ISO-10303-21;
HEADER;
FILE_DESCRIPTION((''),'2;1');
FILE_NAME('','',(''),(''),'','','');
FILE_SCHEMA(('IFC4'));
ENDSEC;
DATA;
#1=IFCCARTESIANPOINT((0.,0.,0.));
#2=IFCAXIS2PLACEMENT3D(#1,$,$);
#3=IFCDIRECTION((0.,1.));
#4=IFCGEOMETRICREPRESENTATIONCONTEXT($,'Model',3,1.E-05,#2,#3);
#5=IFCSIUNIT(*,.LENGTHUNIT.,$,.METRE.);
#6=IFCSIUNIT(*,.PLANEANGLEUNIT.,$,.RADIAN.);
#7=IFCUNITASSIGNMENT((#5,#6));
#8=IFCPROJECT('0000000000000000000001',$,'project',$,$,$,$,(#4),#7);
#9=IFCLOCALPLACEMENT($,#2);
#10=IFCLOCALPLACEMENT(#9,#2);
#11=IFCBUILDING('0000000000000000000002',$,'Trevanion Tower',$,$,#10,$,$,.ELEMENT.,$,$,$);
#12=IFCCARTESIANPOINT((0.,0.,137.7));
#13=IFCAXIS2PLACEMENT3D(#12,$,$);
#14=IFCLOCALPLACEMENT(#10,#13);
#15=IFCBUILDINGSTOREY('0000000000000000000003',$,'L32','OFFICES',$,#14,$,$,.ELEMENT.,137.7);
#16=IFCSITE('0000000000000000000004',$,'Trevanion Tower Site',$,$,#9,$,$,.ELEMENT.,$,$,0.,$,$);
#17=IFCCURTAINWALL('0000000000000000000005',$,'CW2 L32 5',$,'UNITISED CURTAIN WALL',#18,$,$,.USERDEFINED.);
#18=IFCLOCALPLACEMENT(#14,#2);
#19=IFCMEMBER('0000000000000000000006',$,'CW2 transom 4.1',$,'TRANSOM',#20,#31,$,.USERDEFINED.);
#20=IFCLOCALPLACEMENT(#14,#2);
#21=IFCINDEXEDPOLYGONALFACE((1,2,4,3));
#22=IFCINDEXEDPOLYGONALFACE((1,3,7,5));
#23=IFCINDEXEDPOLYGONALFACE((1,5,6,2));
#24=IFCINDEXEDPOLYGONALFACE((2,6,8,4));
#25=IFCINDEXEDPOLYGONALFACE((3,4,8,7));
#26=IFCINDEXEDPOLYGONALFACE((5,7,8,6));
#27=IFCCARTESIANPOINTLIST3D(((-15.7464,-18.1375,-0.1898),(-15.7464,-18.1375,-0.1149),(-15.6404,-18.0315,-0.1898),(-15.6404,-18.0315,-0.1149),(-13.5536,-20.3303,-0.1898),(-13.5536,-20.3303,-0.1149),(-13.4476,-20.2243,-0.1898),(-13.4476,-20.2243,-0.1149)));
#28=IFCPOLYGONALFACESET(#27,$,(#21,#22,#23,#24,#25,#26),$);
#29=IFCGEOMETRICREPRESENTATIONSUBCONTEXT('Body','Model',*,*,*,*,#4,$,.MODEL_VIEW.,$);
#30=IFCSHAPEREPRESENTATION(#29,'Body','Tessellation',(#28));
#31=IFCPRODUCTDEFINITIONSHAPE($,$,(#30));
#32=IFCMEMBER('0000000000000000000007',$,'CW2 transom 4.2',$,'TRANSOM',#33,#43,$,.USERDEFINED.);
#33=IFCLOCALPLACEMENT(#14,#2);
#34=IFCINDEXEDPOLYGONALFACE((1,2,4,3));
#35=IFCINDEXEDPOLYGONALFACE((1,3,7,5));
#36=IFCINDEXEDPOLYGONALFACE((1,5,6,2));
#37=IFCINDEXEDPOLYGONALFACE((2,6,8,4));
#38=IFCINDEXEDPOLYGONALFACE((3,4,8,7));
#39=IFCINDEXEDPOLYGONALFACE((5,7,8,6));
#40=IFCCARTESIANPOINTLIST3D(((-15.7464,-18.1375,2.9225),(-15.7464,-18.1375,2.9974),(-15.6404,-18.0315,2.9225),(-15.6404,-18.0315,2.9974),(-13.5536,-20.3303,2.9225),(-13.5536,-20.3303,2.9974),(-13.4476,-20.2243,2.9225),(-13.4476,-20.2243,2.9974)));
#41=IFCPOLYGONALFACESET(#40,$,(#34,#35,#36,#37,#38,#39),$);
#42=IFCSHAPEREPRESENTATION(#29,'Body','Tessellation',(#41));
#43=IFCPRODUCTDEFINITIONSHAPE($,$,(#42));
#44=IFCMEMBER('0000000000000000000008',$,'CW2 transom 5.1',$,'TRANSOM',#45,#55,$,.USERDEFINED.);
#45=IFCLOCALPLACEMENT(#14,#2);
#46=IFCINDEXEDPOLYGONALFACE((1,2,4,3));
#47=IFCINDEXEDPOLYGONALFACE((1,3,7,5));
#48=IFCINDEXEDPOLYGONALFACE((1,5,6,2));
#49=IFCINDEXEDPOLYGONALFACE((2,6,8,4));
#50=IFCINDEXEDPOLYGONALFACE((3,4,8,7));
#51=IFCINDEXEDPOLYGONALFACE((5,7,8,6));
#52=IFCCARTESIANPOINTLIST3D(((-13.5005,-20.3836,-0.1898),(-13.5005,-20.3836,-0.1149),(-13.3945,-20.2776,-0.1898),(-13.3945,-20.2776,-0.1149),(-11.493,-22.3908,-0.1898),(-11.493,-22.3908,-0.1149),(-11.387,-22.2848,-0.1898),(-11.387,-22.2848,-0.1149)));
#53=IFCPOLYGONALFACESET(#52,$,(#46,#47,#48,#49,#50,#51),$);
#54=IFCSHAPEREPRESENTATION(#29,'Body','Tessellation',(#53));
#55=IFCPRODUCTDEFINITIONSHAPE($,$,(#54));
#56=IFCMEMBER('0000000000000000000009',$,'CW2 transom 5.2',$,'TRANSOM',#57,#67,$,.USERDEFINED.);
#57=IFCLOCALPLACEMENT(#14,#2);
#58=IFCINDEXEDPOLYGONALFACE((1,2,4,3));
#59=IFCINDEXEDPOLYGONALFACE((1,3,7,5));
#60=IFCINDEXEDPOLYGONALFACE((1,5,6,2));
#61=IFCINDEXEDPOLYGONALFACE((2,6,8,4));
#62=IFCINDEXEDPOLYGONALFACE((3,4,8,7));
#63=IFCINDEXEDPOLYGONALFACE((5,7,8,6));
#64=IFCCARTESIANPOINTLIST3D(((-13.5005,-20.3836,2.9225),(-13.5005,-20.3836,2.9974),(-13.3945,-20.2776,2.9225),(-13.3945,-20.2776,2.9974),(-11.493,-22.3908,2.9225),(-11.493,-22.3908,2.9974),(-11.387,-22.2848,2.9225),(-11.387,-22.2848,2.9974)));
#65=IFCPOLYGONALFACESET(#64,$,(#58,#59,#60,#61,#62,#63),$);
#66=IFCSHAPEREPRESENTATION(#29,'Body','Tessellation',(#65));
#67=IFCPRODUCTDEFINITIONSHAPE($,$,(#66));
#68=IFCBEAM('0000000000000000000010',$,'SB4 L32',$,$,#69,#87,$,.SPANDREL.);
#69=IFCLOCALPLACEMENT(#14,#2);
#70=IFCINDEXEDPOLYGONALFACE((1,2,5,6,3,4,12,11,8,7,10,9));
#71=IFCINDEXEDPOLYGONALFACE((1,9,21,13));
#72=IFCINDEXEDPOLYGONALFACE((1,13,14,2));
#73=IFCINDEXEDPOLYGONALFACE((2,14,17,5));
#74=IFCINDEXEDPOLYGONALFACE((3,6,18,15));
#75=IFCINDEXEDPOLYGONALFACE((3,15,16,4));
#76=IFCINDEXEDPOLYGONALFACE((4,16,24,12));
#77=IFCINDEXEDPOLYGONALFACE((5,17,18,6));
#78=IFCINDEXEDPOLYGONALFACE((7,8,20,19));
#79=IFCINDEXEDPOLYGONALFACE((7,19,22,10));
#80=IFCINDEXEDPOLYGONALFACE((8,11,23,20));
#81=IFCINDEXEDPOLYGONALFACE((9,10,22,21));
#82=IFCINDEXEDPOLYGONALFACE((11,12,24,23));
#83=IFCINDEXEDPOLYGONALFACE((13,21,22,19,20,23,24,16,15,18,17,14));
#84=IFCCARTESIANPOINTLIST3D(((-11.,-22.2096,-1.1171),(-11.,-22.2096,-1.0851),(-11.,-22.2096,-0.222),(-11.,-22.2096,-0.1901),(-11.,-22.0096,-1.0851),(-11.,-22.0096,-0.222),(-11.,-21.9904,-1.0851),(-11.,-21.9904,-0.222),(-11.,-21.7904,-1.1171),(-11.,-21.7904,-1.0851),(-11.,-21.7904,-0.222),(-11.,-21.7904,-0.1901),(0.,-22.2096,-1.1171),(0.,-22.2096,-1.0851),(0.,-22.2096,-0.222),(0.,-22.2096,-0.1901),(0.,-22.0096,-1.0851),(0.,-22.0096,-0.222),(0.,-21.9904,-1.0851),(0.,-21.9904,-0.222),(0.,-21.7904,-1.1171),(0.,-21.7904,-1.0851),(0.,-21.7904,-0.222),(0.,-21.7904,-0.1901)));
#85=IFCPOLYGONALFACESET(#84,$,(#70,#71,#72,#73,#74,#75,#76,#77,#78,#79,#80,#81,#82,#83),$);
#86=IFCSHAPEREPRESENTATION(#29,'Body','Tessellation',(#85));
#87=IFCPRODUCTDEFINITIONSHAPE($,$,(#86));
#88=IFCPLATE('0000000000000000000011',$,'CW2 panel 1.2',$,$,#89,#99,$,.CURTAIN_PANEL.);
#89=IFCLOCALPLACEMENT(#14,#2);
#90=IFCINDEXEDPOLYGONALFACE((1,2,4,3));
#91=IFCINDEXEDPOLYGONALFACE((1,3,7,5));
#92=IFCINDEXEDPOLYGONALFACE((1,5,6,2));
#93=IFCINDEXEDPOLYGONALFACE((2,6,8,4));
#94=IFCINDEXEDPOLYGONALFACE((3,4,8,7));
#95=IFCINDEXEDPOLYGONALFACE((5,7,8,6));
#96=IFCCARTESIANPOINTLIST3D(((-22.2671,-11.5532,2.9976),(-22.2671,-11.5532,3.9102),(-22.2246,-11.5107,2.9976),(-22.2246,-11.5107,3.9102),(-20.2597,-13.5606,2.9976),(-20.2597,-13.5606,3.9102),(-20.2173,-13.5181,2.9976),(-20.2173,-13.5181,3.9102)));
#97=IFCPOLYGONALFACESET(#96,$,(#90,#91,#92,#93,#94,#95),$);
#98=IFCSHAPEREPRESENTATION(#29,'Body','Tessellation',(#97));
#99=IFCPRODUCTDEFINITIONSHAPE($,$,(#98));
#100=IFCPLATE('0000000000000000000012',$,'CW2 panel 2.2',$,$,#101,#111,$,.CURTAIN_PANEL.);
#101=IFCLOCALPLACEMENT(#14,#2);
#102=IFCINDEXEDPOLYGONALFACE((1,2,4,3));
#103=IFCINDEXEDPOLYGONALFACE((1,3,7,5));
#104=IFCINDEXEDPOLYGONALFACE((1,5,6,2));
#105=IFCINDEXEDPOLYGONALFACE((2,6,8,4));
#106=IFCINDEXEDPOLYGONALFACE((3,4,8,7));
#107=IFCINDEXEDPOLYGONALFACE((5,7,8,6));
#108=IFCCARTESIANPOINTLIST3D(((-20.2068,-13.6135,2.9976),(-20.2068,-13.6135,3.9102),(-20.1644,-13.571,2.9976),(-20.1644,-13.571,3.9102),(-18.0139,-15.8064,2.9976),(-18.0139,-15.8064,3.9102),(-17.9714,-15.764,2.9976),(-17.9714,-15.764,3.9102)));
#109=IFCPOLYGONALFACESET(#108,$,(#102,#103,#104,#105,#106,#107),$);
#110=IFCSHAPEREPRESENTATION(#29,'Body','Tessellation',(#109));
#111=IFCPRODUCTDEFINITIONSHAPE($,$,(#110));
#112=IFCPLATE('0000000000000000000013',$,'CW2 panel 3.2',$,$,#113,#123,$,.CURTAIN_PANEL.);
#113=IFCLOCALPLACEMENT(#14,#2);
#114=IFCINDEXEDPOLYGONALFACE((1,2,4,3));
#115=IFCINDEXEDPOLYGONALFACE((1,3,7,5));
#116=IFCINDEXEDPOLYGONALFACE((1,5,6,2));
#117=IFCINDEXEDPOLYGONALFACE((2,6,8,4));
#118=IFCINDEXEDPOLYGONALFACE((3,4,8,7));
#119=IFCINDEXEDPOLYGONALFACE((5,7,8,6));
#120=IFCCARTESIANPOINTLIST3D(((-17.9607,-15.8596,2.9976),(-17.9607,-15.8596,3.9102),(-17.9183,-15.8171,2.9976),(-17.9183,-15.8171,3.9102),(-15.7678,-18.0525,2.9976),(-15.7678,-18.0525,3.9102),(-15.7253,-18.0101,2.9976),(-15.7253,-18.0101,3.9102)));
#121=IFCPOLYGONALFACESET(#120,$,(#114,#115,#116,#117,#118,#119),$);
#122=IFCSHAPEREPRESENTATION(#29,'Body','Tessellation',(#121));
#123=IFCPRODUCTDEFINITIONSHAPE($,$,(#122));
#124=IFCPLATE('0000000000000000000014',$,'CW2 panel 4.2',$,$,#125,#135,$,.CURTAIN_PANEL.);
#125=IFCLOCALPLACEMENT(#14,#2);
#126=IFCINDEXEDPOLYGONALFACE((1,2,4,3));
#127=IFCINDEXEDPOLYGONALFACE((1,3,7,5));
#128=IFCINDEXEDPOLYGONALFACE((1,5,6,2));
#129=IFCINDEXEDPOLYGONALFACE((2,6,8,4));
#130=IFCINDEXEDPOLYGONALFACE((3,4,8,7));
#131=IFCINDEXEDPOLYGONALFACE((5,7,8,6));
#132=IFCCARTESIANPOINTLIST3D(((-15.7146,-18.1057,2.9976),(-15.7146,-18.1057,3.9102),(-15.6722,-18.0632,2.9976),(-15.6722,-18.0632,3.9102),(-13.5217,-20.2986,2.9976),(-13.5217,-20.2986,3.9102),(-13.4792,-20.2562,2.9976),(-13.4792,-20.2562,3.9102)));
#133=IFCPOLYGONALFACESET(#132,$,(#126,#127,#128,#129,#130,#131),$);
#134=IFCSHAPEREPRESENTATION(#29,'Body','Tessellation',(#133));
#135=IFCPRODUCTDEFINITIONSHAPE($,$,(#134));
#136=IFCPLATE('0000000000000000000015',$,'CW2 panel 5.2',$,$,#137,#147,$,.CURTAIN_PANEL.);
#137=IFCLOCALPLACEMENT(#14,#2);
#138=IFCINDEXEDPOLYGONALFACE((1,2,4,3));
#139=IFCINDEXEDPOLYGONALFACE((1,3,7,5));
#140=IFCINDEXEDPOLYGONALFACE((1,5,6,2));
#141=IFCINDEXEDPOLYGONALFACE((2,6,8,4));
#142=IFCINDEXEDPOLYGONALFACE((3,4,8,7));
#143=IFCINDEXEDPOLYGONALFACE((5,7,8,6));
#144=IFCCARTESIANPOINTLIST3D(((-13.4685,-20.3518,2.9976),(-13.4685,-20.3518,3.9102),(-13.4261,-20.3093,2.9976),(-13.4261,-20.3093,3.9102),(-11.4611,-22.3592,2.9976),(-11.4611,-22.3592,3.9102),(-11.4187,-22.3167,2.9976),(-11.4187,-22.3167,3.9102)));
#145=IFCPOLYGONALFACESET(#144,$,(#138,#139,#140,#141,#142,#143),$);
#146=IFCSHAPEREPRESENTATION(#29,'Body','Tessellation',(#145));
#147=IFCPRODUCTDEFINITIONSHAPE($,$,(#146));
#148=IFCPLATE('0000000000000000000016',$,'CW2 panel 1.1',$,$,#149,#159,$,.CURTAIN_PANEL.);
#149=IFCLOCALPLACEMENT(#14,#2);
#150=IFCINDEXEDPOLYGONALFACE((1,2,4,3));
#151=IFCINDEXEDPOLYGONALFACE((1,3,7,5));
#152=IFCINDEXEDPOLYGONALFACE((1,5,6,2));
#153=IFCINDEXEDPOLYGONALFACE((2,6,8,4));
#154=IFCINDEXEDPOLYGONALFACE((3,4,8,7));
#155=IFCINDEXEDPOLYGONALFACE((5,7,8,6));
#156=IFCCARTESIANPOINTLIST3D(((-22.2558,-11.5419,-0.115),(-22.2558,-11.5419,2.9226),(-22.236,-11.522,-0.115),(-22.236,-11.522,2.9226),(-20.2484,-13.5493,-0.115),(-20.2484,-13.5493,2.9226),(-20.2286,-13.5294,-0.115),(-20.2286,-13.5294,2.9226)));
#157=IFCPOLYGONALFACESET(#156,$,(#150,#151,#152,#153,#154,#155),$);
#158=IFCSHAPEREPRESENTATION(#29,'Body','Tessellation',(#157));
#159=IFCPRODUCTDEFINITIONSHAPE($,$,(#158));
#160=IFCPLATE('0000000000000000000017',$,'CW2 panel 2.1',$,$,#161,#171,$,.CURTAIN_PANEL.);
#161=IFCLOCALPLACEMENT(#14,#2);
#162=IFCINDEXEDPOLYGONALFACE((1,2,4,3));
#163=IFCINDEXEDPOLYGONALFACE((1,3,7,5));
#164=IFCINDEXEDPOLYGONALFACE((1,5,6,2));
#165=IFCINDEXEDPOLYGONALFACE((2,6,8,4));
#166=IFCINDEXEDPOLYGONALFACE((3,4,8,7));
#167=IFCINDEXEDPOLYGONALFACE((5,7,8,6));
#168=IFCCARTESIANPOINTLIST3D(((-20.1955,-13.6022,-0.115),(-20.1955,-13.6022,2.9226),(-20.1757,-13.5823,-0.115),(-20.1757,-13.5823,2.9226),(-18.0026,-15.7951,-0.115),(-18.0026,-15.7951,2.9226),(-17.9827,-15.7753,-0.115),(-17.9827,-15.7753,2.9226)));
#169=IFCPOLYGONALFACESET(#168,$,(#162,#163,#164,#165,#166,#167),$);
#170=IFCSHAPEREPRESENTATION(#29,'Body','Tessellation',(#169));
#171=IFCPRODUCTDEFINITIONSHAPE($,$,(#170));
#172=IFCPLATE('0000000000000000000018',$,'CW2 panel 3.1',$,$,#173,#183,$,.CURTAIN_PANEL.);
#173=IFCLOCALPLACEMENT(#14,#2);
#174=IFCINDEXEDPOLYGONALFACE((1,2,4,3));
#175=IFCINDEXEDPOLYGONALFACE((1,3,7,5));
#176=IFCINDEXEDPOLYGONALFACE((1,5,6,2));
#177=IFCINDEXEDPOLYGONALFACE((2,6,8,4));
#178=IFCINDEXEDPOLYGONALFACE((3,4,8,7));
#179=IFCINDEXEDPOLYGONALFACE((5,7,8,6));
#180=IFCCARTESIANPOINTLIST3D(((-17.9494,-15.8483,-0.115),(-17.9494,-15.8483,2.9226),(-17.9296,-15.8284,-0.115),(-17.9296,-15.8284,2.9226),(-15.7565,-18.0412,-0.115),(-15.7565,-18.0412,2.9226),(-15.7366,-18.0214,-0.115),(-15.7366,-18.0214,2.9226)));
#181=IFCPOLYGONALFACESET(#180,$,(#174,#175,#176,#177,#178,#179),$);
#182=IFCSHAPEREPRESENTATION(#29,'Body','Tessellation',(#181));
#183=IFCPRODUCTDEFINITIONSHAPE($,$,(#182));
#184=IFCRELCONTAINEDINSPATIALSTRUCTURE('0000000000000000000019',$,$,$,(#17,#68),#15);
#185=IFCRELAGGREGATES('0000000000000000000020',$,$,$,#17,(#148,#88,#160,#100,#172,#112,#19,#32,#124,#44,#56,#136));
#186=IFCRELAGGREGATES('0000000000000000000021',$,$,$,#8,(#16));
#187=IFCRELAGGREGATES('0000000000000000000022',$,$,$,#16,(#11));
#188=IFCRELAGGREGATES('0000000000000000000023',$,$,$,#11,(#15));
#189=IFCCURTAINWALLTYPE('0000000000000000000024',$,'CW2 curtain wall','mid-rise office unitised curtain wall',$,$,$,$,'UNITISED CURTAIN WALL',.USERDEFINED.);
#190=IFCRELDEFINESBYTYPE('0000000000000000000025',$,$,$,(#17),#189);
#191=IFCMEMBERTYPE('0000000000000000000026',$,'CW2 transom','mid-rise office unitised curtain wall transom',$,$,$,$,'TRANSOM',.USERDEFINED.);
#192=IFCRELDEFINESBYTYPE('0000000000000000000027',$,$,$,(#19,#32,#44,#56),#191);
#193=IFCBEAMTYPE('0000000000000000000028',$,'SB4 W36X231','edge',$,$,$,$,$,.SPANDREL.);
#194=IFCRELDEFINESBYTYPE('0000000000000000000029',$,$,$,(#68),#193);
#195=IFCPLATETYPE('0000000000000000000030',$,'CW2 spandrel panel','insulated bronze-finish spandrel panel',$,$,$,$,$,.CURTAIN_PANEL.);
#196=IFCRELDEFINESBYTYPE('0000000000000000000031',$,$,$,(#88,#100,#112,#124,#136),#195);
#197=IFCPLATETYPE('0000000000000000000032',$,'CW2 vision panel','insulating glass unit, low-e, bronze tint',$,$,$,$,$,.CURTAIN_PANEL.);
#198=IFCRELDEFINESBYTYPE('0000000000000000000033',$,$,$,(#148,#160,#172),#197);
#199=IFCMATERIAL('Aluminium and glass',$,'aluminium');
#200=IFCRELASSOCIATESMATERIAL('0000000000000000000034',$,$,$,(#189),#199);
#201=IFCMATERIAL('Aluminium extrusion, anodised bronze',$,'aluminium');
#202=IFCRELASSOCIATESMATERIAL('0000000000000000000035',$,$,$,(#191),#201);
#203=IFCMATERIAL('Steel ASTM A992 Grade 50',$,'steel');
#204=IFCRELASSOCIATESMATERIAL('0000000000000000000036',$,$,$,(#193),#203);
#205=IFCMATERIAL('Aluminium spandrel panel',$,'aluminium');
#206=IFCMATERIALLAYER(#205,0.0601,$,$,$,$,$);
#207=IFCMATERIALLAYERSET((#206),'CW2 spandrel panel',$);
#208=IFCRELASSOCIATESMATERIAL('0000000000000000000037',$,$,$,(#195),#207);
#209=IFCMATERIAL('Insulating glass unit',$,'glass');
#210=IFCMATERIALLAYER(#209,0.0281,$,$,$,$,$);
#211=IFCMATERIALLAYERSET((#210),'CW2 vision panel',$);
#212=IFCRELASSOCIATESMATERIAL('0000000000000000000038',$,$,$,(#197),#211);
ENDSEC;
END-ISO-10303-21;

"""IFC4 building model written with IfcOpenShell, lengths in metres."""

from ifc_helpers import new_model, si_unit, direction, frame, origin, origin_2d, place, context, subcontext, project, spatial, rectangle, i_section, extrude, material, layer, layer_set, material_profile, profile_set, type_object, element, aggregate, save


model = new_model("IFC4")

# Units and contexts
model_context = context("Model", 3, precision=1e-05, world=origin(), true_north=direction((0.0, 1.0)))
body_context = subcontext(model_context, "Body", "Model", "MODEL_VIEW")
ifc_project = project(units=[si_unit("LENGTHUNIT", "METRE"), si_unit("PLANEANGLEUNIT", "RADIAN")], contexts=[model_context])

# Site, building, storey
site_placement = place(None, origin())
site = spatial("IfcSite", under=ifc_project, at=site_placement, Name="Trevanion Tower Site", CompositionType="ELEMENT", RefElevation=0.0)
building_placement = place(site_placement, origin())
building = spatial("IfcBuilding", under=site, at=building_placement, Name="Trevanion Tower", CompositionType="ELEMENT")
storey_placement = place(building_placement, frame((0.0, 0.0, 137.7)))
storey = spatial("IfcBuildingStorey", under=building, at=storey_placement, Name="L32", Description="OFFICES", CompositionType="ELEMENT", Elevation=137.7)

# Curtain wall, members
ifc_material_1 = material(Name="Aluminium and glass", Category="aluminium")
curtain_wall_type = type_object("IfcCurtainWallType", Name="CW2 curtain wall", Description="mid-rise office unitised curtain wall", ElementType="UNITISED CURTAIN WALL", PredefinedType="USERDEFINED", material=ifc_material_1)
curtain_wall_placement = place(storey_placement, origin())
curtain_wall = element("IfcCurtainWall", 1, at=curtain_wall_placement, inside=storey, type_object=curtain_wall_type, Name="CW2 L32 5", ObjectType="UNITISED CURTAIN WALL", PredefinedType="USERDEFINED")
ifc_material_2 = material(Name="Aluminium extrusion, anodised bronze", Category="aluminium")
ifc_material_profile_1 = material_profile(ifc_material_2, rectangle(XDim=0.1499, YDim=0.075, at=origin_2d()), Name="CW2 transom")
ifc_profile_set_1 = profile_set([ifc_material_profile_1], Name="Aluminium extrusion, anodised bronze")
member_type_1 = type_object("IfcMemberType", Name="CW2 transom", Description="mid-rise office unitised curtain wall transom", ElementType="TRANSOM", PredefinedType="USERDEFINED", material=ifc_profile_set_1)
member_1_placement = place(storey_placement, frame((-15.6934, -18.0845, -0.1523), z_axis=(0.707107, -0.707107, 0.0), x_axis=(0.707107, 0.707107, 0.0)))
member_1 = element("IfcMember", 2, at=member_1_placement, type_object=member_type_1, Name="CW2 transom 4.1", ObjectType="TRANSOM", PredefinedType="USERDEFINED", context=body_context, shape_type="SweptSolid", body=[
    extrude(rectangle(XDim=0.1499, YDim=0.075, at=origin_2d()), origin(), (0.0, 0.0, 1.0), 3.1011),
])
member_2_placement = place(storey_placement, frame((-15.6934, -18.0845, 2.96), z_axis=(0.707107, -0.707107, 0.0), x_axis=(0.707107, 0.707107, 0.0)))
member_2 = element("IfcMember", 3, at=member_2_placement, type_object=member_type_1, Name="CW2 transom 4.2", ObjectType="TRANSOM", PredefinedType="USERDEFINED", context=body_context, shape_type="SweptSolid", body=[
    extrude(rectangle(XDim=0.1499, YDim=0.075, at=origin_2d()), origin(), (0.0, 0.0, 1.0), 3.1011),
])
member_3_placement = place(storey_placement, frame((-13.4475, -20.3306, -0.1523), z_axis=(0.70715, -0.707064, 0.0), x_axis=(0.707064, 0.70715, 0.0)))
member_3 = element("IfcMember", 4, at=member_3_placement, type_object=member_type_1, Name="CW2 transom 5.1", ObjectType="TRANSOM", PredefinedType="USERDEFINED", context=body_context, shape_type="SweptSolid", body=[
    extrude(rectangle(XDim=0.1499, YDim=0.075, at=origin_2d()), origin(), (0.0, 0.0, 1.0), 2.8389),
])
member_4_placement = place(storey_placement, frame((-13.4475, -20.3306, 2.96), z_axis=(0.70715, -0.707064, 0.0), x_axis=(0.707064, 0.70715, 0.0)))
member_4 = element("IfcMember", 5, at=member_4_placement, type_object=member_type_1, Name="CW2 transom 5.2", ObjectType="TRANSOM", PredefinedType="USERDEFINED", context=body_context, shape_type="SweptSolid", body=[
    extrude(rectangle(XDim=0.1499, YDim=0.075, at=origin_2d()), origin(), (0.0, 0.0, 1.0), 2.8389),
])

# Beam
ifc_material_3 = material(Name="Steel ASTM A992 Grade 50", Category="steel")
ifc_material_profile_2 = material_profile(ifc_material_3, i_section(OverallWidth=0.4192, OverallDepth=0.927, WebThickness=0.0193, FlangeThickness=0.032, at=origin_2d()), Name="W36X231")
ifc_profile_set_2 = profile_set([ifc_material_profile_2], Name="Steel ASTM A992 Grade 50")
beam_type_1 = type_object("IfcBeamType", Name="SB4 W36X231", Description="edge", PredefinedType="SPANDREL", material=ifc_profile_set_2)
beam_1_placement = place(storey_placement, frame((-11.0, -22.0, -0.6536), z_axis=(1.0, 0.0, 0.0), x_axis=(0.0, 1.0, 0.0)))
element("IfcBeam", 6, at=beam_1_placement, inside=storey, type_object=beam_type_1, Name="SB4 L32", PredefinedType="SPANDREL", context=body_context, shape_type="SweptSolid", body=[
    extrude(i_section(OverallWidth=0.4192, OverallDepth=0.927, WebThickness=0.0193, FlangeThickness=0.032, at=origin_2d()), origin(), (0.0, 0.0, 1.0), 11.0),
])

# Plates
ifc_material_4 = material(Name="Aluminium spandrel panel", Category="aluminium")
ifc_layer_1 = layer(ifc_material_4, 0.0601)
ifc_layer_set_1 = layer_set([ifc_layer_1], Name="CW2 spandrel panel")
plate_type_1 = type_object("IfcPlateType", Name="CW2 spandrel panel", Description="insulated bronze-finish spandrel panel", PredefinedType="CURTAIN_PANEL", material=ifc_layer_set_1)
plate_1_placement = place(storey_placement, frame((-21.2422, -12.5356, 2.9976), z_axis=(0.0, 0.0, 1.0), x_axis=(0.707107, -0.707107, 0.0)))
plate_1 = element("IfcPlate", 7, at=plate_1_placement, type_object=plate_type_1, Name="CW2 panel 1.2", PredefinedType="CURTAIN_PANEL", context=body_context, shape_type="SweptSolid", body=[
    extrude(rectangle(XDim=2.8389, YDim=0.0601, at=origin_2d()), origin(), (0.0, 0.0, 1.0), 0.9126),
])
plate_2_placement = place(storey_placement, frame((-19.0891, -14.6887, 2.9976), z_axis=(0.0, 0.0, 1.0), x_axis=(0.707107, -0.707107, 0.0)))
plate_2 = element("IfcPlate", 8, at=plate_2_placement, type_object=plate_type_1, Name="CW2 panel 2.2", PredefinedType="CURTAIN_PANEL", context=body_context, shape_type="SweptSolid", body=[
    extrude(rectangle(XDim=3.1013, YDim=0.0601, at=origin_2d()), origin(), (0.0, 0.0, 1.0), 0.9126),
])
plate_3_placement = place(storey_placement, frame((-16.843, -16.9348, 2.9976), z_axis=(0.0, 0.0, 1.0), x_axis=(0.707107, -0.707107, 0.0)))
plate_3 = element("IfcPlate", 9, at=plate_3_placement, type_object=plate_type_1, Name="CW2 panel 3.2", PredefinedType="CURTAIN_PANEL", context=body_context, shape_type="SweptSolid", body=[
    extrude(rectangle(XDim=3.1013, YDim=0.0601, at=origin_2d()), origin(), (0.0, 0.0, 1.0), 0.9126),
])
plate_4_placement = place(storey_placement, frame((-14.5969, -19.1809, 2.9976), z_axis=(0.0, 0.0, 1.0), x_axis=(0.707107, -0.707107, 0.0)))
plate_4 = element("IfcPlate", 10, at=plate_4_placement, type_object=plate_type_1, Name="CW2 panel 4.2", PredefinedType="CURTAIN_PANEL", context=body_context, shape_type="SweptSolid", body=[
    extrude(rectangle(XDim=3.1013, YDim=0.0601, at=origin_2d()), origin(), (0.0, 0.0, 1.0), 0.9126),
])
plate_5_placement = place(storey_placement, frame((-12.4436, -21.3342, 2.9976), z_axis=(0.0, 0.0, 1.0), x_axis=(0.707107, -0.707107, 0.0)))
plate_5 = element("IfcPlate", 11, at=plate_5_placement, type_object=plate_type_1, Name="CW2 panel 5.2", PredefinedType="CURTAIN_PANEL", context=body_context, shape_type="SweptSolid", body=[
    extrude(rectangle(XDim=2.8389, YDim=0.0601, at=origin_2d()), origin(), (0.0, 0.0, 1.0), 0.9126),
])
ifc_material_5 = material(Name="Insulating glass unit", Category="glass")
ifc_layer_2 = layer(ifc_material_5, 0.0281)
ifc_layer_set_2 = layer_set([ifc_layer_2], Name="CW2 vision panel")
plate_type_2 = type_object("IfcPlateType", Name="CW2 vision panel", Description="insulating glass unit, low-e, bronze tint", PredefinedType="CURTAIN_PANEL", material=ifc_layer_set_2)
plate_6_placement = place(storey_placement, frame((-21.2422, -12.5356, -0.115), z_axis=(0.0, 0.0, 1.0), x_axis=(0.707107, -0.707107, 0.0)))
plate_6 = element("IfcPlate", 12, at=plate_6_placement, type_object=plate_type_2, Name="CW2 panel 1.1", PredefinedType="CURTAIN_PANEL", context=body_context, shape_type="SweptSolid", body=[
    extrude(rectangle(XDim=2.8389, YDim=0.0281, at=origin_2d()), origin(), (0.0, 0.0, 1.0), 3.0376),
])
plate_7_placement = place(storey_placement, frame((-19.0891, -14.6887, -0.115), z_axis=(0.0, 0.0, 1.0), x_axis=(0.707107, -0.707107, 0.0)))
plate_7 = element("IfcPlate", 13, at=plate_7_placement, type_object=plate_type_2, Name="CW2 panel 2.1", PredefinedType="CURTAIN_PANEL", context=body_context, shape_type="SweptSolid", body=[
    extrude(rectangle(XDim=3.1013, YDim=0.0281, at=origin_2d()), origin(), (0.0, 0.0, 1.0), 3.0376),
])
plate_8_placement = place(storey_placement, frame((-16.843, -16.9348, -0.115), z_axis=(0.0, 0.0, 1.0), x_axis=(0.707107, -0.707107, 0.0)))
plate_8 = element("IfcPlate", 14, at=plate_8_placement, type_object=plate_type_2, Name="CW2 panel 3.1", PredefinedType="CURTAIN_PANEL", context=body_context, shape_type="SweptSolid", body=[
    extrude(rectangle(XDim=3.1013, YDim=0.0281, at=origin_2d()), origin(), (0.0, 0.0, 1.0), 3.0376),
])
aggregate(curtain_wall, [plate_6, plate_1, plate_7, plate_2, plate_8, plate_3, member_1, member_2, plate_4, member_3, member_4, plate_5])

save(model, "model.ifc")
